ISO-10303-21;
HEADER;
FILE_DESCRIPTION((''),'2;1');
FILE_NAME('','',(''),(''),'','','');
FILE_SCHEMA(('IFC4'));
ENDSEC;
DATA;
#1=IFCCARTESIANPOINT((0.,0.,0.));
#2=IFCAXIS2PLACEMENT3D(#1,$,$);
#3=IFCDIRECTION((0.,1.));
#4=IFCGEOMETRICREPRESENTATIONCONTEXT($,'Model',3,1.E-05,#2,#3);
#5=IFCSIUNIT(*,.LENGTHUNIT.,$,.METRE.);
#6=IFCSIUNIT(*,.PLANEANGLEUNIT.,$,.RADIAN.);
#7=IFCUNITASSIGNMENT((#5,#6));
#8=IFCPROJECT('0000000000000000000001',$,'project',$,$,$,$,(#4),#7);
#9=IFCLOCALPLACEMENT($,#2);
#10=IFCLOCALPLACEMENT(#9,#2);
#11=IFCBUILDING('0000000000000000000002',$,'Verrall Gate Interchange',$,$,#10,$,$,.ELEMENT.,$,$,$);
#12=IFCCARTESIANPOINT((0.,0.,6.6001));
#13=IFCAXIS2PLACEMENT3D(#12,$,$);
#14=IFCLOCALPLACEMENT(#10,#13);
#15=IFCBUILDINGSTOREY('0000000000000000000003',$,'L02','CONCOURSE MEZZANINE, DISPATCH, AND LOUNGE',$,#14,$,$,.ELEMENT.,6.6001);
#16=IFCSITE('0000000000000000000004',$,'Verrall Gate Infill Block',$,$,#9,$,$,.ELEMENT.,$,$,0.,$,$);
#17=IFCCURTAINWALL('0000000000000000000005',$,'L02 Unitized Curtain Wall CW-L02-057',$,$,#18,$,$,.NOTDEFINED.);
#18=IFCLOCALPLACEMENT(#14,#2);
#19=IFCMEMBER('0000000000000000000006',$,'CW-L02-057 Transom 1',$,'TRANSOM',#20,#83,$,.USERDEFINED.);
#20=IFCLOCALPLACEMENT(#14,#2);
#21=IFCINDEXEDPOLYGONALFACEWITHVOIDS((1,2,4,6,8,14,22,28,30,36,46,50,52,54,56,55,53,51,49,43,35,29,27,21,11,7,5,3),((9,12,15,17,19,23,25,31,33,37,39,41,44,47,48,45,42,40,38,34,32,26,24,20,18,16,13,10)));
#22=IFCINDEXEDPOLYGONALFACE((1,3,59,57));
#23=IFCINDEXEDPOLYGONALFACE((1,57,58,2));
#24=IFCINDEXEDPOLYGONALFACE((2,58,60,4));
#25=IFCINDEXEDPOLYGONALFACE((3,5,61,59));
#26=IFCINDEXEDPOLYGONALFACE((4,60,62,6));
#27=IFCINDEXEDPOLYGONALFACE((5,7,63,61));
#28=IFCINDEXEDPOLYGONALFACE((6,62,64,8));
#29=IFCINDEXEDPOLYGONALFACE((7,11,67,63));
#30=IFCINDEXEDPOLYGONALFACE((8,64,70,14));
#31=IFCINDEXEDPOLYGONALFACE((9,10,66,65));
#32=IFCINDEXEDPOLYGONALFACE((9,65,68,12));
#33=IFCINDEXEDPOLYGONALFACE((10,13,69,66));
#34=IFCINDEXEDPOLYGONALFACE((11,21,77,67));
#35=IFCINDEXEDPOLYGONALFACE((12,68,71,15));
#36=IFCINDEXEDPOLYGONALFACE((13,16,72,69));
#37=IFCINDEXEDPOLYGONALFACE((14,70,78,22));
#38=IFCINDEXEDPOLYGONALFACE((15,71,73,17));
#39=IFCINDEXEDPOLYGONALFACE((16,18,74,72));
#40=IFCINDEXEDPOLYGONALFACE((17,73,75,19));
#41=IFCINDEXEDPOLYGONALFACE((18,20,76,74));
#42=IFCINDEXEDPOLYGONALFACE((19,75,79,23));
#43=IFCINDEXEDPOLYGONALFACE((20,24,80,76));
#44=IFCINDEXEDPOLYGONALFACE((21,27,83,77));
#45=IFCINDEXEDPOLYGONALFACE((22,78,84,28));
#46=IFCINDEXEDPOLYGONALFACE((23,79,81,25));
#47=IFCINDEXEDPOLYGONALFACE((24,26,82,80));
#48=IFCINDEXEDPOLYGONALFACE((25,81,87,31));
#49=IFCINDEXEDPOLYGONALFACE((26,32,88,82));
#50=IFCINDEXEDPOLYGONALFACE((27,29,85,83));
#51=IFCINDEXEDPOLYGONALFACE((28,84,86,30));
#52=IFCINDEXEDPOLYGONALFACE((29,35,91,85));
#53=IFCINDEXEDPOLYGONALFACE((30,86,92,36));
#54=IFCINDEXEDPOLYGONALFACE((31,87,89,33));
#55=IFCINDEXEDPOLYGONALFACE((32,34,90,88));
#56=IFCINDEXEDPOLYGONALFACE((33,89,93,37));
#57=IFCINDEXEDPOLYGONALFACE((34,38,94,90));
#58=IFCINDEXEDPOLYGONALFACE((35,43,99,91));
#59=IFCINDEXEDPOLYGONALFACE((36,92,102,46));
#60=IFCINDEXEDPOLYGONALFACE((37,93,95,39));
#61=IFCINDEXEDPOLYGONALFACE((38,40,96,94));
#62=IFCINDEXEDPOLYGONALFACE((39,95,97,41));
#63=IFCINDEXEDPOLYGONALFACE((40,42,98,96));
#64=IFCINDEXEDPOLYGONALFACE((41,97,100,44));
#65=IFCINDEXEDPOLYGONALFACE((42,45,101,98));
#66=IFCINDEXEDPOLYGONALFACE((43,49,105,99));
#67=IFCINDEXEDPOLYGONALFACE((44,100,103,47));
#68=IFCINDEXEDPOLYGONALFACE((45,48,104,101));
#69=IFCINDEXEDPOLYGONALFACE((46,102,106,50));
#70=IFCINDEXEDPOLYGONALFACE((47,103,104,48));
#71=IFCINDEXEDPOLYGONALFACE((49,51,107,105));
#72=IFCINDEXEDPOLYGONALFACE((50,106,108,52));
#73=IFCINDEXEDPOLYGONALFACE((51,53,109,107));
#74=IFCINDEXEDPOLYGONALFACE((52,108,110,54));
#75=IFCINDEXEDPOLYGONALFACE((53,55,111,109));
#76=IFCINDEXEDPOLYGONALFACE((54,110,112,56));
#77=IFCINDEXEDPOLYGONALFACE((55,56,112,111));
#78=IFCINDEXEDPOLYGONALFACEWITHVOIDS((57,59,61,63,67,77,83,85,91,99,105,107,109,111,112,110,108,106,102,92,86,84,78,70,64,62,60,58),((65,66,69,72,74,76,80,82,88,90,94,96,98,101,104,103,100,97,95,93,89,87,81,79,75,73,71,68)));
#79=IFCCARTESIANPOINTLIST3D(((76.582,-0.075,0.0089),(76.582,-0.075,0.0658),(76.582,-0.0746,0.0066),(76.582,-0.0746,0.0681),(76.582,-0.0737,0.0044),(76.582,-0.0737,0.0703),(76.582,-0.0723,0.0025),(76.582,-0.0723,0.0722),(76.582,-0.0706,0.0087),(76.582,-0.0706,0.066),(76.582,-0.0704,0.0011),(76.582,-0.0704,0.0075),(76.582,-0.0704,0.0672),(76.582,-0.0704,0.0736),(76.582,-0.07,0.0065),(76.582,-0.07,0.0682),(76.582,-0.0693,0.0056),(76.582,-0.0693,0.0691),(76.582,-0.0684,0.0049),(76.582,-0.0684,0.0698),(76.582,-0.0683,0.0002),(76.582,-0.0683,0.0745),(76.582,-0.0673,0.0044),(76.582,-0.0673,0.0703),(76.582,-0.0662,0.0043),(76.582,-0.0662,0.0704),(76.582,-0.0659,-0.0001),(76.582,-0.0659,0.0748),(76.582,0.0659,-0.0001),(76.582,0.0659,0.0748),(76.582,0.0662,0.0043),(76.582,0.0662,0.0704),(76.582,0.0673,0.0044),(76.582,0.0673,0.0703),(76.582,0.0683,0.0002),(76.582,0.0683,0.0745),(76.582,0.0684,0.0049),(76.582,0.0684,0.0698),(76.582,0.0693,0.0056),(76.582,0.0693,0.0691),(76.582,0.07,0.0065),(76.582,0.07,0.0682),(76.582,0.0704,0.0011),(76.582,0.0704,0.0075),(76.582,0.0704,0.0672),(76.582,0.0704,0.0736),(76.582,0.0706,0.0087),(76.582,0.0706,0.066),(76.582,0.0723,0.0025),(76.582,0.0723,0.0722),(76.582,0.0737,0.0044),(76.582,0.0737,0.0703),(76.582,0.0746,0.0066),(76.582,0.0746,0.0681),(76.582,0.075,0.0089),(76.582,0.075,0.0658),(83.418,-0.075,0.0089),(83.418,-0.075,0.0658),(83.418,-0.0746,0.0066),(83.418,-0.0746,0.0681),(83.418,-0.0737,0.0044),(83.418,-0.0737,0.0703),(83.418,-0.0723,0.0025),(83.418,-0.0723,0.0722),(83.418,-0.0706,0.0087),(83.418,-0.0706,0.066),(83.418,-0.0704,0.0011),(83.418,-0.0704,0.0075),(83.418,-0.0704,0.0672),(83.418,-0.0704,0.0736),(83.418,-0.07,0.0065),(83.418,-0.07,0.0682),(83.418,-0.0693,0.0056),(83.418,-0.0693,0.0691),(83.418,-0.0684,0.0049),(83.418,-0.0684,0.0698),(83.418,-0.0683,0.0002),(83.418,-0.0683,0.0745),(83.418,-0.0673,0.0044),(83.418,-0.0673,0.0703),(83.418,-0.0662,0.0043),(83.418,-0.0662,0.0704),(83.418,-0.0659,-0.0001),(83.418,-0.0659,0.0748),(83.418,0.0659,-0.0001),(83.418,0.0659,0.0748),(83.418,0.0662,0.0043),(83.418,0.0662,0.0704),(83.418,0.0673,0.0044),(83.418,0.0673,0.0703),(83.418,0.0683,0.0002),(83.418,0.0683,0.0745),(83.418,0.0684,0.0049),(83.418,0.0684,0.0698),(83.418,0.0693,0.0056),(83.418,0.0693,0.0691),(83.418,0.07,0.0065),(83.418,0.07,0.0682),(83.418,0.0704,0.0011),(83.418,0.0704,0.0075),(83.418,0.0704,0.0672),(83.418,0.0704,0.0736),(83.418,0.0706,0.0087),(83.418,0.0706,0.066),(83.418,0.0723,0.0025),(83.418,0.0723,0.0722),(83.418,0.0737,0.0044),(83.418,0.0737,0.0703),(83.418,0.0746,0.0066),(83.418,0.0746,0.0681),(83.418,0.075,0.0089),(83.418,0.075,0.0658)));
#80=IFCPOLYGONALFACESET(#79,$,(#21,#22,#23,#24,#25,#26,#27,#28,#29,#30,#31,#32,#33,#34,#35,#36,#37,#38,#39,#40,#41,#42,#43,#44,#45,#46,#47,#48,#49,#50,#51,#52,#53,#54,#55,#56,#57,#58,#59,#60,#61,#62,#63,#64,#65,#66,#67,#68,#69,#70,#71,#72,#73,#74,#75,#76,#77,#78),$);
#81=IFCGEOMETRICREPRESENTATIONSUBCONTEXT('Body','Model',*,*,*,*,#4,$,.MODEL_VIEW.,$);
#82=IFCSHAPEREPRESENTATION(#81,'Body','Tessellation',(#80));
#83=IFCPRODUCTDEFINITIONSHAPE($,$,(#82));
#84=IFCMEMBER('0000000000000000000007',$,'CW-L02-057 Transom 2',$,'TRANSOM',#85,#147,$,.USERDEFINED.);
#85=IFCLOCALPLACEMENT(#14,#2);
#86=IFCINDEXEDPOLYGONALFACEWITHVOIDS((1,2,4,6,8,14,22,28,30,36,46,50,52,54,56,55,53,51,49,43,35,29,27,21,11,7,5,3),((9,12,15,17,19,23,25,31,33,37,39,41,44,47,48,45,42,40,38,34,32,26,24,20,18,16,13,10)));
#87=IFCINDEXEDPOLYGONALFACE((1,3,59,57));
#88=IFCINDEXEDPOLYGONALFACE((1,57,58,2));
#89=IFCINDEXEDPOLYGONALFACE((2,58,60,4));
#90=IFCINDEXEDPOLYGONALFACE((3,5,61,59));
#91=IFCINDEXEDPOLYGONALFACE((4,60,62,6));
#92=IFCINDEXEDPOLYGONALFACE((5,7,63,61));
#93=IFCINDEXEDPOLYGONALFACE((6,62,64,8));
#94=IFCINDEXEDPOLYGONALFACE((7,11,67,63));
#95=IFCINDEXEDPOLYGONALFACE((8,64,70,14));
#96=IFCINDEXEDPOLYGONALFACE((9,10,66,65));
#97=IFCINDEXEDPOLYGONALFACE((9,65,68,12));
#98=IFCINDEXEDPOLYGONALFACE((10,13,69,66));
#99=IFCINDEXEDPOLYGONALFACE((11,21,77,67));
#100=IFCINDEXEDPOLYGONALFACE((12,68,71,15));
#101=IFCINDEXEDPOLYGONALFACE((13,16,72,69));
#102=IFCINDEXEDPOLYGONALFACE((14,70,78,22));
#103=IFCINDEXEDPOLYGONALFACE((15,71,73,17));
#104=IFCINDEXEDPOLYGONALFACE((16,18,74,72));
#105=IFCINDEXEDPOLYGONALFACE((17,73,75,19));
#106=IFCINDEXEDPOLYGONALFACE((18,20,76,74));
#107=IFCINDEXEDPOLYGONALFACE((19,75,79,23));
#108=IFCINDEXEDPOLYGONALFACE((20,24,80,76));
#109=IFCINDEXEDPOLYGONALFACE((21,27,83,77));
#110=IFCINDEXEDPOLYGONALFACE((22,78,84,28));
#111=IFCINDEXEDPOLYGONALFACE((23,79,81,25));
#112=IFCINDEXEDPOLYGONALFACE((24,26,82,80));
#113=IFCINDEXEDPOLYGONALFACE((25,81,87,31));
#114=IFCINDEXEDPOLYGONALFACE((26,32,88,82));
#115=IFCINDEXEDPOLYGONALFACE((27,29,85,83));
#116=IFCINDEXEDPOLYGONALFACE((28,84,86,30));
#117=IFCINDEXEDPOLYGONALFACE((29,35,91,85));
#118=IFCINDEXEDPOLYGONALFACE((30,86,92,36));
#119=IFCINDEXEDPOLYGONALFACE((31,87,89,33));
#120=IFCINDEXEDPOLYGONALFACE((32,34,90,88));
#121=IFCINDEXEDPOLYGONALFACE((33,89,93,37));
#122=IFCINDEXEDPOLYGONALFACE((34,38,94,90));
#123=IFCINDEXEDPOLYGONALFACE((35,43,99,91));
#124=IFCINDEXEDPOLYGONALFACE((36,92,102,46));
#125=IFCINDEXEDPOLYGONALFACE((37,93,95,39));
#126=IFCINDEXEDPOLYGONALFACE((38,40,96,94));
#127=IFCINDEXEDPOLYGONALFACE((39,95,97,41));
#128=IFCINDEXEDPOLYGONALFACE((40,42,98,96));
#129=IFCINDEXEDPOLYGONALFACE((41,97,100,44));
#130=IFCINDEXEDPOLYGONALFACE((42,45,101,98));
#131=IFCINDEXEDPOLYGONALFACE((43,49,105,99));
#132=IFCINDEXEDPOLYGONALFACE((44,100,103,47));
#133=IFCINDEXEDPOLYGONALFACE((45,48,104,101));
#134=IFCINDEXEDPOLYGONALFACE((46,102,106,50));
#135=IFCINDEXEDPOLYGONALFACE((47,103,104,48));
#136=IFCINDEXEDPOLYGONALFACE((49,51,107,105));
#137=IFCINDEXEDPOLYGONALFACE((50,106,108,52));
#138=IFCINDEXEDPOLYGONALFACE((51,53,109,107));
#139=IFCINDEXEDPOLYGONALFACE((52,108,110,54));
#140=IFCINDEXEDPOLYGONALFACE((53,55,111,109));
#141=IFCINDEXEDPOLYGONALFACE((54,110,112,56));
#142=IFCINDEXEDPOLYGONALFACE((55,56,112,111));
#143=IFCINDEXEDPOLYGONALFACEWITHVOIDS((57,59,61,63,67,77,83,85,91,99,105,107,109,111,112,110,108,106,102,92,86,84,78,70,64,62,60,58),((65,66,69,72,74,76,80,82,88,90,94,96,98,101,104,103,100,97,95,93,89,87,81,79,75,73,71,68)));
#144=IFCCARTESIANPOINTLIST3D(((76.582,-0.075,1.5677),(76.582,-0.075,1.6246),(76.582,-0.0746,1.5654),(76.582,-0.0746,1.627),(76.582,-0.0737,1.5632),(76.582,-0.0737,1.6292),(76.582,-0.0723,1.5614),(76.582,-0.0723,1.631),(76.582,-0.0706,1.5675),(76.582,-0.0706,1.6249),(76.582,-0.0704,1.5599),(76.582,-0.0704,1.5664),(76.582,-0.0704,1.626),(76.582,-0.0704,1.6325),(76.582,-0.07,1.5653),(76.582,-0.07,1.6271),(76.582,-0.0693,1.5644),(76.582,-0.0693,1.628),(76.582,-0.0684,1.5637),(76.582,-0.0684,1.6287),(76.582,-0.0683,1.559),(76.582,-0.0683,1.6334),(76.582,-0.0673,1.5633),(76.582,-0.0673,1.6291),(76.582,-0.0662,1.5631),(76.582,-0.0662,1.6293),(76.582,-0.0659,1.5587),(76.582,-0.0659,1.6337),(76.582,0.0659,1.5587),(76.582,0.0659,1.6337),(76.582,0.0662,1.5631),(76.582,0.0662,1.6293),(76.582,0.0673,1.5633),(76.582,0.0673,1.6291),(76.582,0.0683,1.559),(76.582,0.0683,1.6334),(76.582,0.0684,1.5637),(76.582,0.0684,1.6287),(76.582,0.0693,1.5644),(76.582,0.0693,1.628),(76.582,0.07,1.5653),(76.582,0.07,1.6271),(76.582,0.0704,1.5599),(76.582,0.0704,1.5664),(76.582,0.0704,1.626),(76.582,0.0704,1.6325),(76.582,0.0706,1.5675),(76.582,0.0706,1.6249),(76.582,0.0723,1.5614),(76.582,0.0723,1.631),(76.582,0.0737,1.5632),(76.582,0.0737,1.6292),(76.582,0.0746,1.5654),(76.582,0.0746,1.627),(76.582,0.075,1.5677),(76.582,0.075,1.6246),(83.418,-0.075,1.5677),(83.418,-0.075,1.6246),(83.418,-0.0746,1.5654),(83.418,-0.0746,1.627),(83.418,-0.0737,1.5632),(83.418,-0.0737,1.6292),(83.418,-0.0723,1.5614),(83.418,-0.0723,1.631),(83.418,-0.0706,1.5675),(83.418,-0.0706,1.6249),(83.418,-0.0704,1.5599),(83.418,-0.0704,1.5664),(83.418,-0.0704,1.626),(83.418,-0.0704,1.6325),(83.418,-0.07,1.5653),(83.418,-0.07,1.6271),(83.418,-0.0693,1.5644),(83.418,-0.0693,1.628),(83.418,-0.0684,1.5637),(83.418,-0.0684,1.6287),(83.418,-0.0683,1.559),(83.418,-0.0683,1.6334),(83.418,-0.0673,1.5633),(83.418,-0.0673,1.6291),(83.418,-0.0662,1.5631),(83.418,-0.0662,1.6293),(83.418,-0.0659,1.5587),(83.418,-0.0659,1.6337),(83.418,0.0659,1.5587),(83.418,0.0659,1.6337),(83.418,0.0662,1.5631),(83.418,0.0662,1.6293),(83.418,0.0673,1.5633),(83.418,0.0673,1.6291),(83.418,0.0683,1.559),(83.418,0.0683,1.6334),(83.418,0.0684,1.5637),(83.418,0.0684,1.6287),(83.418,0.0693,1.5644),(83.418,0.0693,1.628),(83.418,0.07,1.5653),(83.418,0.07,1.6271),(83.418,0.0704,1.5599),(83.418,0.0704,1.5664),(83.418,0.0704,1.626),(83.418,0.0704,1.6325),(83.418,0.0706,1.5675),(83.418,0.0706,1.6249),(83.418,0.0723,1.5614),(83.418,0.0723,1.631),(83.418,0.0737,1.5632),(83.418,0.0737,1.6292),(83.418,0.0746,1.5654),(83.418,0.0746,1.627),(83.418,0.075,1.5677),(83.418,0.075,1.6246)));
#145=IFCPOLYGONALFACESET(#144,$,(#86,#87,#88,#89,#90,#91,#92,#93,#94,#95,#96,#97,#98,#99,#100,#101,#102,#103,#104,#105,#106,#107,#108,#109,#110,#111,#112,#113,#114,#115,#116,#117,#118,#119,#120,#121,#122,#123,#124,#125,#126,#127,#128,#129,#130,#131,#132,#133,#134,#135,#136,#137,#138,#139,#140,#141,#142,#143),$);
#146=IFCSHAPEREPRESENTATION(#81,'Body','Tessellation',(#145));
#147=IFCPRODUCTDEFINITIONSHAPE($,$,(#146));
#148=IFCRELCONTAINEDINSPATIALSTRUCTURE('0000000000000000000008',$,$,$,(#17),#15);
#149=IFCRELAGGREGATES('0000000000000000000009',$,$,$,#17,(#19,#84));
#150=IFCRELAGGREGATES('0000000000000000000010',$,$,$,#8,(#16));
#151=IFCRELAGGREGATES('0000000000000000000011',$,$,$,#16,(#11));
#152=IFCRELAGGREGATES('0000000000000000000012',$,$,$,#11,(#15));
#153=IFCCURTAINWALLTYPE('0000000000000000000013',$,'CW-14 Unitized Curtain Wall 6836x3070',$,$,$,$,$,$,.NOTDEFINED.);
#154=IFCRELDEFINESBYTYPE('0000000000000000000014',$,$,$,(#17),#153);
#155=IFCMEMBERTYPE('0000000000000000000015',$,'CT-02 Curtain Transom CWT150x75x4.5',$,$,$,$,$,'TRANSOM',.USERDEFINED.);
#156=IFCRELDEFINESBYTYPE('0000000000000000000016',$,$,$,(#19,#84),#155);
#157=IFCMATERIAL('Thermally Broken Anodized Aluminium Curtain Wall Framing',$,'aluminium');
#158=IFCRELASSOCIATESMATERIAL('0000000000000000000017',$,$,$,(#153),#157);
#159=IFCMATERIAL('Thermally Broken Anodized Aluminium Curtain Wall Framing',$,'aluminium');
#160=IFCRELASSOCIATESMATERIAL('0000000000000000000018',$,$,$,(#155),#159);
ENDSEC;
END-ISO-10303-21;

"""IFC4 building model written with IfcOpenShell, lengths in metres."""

from ifc_helpers import new_model, si_unit, direction, frame, origin, origin_2d, place, context, subcontext, project, spatial, hollow_rectangle, extrude, material, material_profile, profile_set, type_object, element, aggregate, save


model = new_model("IFC4")

# Units and contexts
model_context = context("Model", 3, precision=1e-05, world=origin(), true_north=direction((0.0, 1.0)))
body_context = subcontext(model_context, "Body", "Model", "MODEL_VIEW")
ifc_project = project(units=[si_unit("LENGTHUNIT", "METRE"), si_unit("PLANEANGLEUNIT", "RADIAN")], contexts=[model_context])

# Site, building, storey
site_placement = place(None, origin())
site = spatial("IfcSite", under=ifc_project, at=site_placement, Name="Verrall Gate Infill Block", CompositionType="ELEMENT", RefElevation=0.0)
building_placement = place(site_placement, origin())
building = spatial("IfcBuilding", under=site, at=building_placement, Name="Verrall Gate Interchange", CompositionType="ELEMENT")
storey_placement = place(building_placement, frame((0.0, 0.0, 6.6001)))
storey = spatial("IfcBuildingStorey", under=building, at=storey_placement, Name="L02", Description="CONCOURSE MEZZANINE, DISPATCH, AND LOUNGE", CompositionType="ELEMENT", Elevation=6.6001)

# Curtain wall
ifc_material_1 = material(Name="Thermally Broken Anodized Aluminium Curtain Wall Framing", Category="aluminium")
curtain_wall_type = type_object("IfcCurtainWallType", Name="CW-14 Unitized Curtain Wall 6836x3070", PredefinedType="NOTDEFINED", material=ifc_material_1)
curtain_wall_1_placement = place(storey_placement, origin())
curtain_wall_1 = element("IfcCurtainWall", 1, at=curtain_wall_1_placement, inside=storey, type_object=curtain_wall_type, Name="L02 Unitized Curtain Wall CW-L02-057", PredefinedType="NOTDEFINED")

# Members
ifc_material_2 = material(Name="Thermally Broken Anodized Aluminium Curtain Wall Framing", Category="aluminium")
ifc_material_profile_1 = material_profile(ifc_material_2, hollow_rectangle(XDim=0.1499, YDim=0.075, WallThickness=0.0044, InnerFilletRadius=0.0044, OuterFilletRadius=0.009, at=origin_2d()), Name="CWT150x75x4.5")
ifc_profile_set_1 = profile_set([ifc_material_profile_1], Name="Thermally Broken Anodized Aluminium Curtain Wall Framing")
member_type_1 = type_object("IfcMemberType", Name="CT-02 Curtain Transom CWT150x75x4.5", ElementType="TRANSOM", PredefinedType="USERDEFINED", material=ifc_profile_set_1)
member_1_placement = place(storey_placement, frame((76.582, 0.0, 0.0374), z_axis=(1.0, 0.0, 0.0), x_axis=(0.0, 1.0, 0.0)))
member_1 = element("IfcMember", 2, at=member_1_placement, type_object=member_type_1, Name="CW-L02-057 Transom 1", ObjectType="TRANSOM", PredefinedType="USERDEFINED", context=body_context, shape_type="SweptSolid", body=[
    extrude(hollow_rectangle(XDim=0.1499, YDim=0.075, WallThickness=0.0044, InnerFilletRadius=0.0044, OuterFilletRadius=0.009, at=origin_2d()), origin(), (0.0, 0.0, 1.0), 6.8359),
])
member_2_placement = place(storey_placement, frame((76.582, 0.0, 1.5962), z_axis=(1.0, 0.0, 0.0), x_axis=(0.0, 1.0, 0.0)))
member_2 = element("IfcMember", 3, at=member_2_placement, type_object=member_type_1, Name="CW-L02-057 Transom 2", ObjectType="TRANSOM", PredefinedType="USERDEFINED", context=body_context, shape_type="SweptSolid", body=[
    extrude(hollow_rectangle(XDim=0.1499, YDim=0.075, WallThickness=0.0044, InnerFilletRadius=0.0044, OuterFilletRadius=0.009, at=origin_2d()), origin(), (0.0, 0.0, 1.0), 6.8359),
])

aggregate(curtain_wall_1, [member_1, member_2])

save(model, "model.ifc")
